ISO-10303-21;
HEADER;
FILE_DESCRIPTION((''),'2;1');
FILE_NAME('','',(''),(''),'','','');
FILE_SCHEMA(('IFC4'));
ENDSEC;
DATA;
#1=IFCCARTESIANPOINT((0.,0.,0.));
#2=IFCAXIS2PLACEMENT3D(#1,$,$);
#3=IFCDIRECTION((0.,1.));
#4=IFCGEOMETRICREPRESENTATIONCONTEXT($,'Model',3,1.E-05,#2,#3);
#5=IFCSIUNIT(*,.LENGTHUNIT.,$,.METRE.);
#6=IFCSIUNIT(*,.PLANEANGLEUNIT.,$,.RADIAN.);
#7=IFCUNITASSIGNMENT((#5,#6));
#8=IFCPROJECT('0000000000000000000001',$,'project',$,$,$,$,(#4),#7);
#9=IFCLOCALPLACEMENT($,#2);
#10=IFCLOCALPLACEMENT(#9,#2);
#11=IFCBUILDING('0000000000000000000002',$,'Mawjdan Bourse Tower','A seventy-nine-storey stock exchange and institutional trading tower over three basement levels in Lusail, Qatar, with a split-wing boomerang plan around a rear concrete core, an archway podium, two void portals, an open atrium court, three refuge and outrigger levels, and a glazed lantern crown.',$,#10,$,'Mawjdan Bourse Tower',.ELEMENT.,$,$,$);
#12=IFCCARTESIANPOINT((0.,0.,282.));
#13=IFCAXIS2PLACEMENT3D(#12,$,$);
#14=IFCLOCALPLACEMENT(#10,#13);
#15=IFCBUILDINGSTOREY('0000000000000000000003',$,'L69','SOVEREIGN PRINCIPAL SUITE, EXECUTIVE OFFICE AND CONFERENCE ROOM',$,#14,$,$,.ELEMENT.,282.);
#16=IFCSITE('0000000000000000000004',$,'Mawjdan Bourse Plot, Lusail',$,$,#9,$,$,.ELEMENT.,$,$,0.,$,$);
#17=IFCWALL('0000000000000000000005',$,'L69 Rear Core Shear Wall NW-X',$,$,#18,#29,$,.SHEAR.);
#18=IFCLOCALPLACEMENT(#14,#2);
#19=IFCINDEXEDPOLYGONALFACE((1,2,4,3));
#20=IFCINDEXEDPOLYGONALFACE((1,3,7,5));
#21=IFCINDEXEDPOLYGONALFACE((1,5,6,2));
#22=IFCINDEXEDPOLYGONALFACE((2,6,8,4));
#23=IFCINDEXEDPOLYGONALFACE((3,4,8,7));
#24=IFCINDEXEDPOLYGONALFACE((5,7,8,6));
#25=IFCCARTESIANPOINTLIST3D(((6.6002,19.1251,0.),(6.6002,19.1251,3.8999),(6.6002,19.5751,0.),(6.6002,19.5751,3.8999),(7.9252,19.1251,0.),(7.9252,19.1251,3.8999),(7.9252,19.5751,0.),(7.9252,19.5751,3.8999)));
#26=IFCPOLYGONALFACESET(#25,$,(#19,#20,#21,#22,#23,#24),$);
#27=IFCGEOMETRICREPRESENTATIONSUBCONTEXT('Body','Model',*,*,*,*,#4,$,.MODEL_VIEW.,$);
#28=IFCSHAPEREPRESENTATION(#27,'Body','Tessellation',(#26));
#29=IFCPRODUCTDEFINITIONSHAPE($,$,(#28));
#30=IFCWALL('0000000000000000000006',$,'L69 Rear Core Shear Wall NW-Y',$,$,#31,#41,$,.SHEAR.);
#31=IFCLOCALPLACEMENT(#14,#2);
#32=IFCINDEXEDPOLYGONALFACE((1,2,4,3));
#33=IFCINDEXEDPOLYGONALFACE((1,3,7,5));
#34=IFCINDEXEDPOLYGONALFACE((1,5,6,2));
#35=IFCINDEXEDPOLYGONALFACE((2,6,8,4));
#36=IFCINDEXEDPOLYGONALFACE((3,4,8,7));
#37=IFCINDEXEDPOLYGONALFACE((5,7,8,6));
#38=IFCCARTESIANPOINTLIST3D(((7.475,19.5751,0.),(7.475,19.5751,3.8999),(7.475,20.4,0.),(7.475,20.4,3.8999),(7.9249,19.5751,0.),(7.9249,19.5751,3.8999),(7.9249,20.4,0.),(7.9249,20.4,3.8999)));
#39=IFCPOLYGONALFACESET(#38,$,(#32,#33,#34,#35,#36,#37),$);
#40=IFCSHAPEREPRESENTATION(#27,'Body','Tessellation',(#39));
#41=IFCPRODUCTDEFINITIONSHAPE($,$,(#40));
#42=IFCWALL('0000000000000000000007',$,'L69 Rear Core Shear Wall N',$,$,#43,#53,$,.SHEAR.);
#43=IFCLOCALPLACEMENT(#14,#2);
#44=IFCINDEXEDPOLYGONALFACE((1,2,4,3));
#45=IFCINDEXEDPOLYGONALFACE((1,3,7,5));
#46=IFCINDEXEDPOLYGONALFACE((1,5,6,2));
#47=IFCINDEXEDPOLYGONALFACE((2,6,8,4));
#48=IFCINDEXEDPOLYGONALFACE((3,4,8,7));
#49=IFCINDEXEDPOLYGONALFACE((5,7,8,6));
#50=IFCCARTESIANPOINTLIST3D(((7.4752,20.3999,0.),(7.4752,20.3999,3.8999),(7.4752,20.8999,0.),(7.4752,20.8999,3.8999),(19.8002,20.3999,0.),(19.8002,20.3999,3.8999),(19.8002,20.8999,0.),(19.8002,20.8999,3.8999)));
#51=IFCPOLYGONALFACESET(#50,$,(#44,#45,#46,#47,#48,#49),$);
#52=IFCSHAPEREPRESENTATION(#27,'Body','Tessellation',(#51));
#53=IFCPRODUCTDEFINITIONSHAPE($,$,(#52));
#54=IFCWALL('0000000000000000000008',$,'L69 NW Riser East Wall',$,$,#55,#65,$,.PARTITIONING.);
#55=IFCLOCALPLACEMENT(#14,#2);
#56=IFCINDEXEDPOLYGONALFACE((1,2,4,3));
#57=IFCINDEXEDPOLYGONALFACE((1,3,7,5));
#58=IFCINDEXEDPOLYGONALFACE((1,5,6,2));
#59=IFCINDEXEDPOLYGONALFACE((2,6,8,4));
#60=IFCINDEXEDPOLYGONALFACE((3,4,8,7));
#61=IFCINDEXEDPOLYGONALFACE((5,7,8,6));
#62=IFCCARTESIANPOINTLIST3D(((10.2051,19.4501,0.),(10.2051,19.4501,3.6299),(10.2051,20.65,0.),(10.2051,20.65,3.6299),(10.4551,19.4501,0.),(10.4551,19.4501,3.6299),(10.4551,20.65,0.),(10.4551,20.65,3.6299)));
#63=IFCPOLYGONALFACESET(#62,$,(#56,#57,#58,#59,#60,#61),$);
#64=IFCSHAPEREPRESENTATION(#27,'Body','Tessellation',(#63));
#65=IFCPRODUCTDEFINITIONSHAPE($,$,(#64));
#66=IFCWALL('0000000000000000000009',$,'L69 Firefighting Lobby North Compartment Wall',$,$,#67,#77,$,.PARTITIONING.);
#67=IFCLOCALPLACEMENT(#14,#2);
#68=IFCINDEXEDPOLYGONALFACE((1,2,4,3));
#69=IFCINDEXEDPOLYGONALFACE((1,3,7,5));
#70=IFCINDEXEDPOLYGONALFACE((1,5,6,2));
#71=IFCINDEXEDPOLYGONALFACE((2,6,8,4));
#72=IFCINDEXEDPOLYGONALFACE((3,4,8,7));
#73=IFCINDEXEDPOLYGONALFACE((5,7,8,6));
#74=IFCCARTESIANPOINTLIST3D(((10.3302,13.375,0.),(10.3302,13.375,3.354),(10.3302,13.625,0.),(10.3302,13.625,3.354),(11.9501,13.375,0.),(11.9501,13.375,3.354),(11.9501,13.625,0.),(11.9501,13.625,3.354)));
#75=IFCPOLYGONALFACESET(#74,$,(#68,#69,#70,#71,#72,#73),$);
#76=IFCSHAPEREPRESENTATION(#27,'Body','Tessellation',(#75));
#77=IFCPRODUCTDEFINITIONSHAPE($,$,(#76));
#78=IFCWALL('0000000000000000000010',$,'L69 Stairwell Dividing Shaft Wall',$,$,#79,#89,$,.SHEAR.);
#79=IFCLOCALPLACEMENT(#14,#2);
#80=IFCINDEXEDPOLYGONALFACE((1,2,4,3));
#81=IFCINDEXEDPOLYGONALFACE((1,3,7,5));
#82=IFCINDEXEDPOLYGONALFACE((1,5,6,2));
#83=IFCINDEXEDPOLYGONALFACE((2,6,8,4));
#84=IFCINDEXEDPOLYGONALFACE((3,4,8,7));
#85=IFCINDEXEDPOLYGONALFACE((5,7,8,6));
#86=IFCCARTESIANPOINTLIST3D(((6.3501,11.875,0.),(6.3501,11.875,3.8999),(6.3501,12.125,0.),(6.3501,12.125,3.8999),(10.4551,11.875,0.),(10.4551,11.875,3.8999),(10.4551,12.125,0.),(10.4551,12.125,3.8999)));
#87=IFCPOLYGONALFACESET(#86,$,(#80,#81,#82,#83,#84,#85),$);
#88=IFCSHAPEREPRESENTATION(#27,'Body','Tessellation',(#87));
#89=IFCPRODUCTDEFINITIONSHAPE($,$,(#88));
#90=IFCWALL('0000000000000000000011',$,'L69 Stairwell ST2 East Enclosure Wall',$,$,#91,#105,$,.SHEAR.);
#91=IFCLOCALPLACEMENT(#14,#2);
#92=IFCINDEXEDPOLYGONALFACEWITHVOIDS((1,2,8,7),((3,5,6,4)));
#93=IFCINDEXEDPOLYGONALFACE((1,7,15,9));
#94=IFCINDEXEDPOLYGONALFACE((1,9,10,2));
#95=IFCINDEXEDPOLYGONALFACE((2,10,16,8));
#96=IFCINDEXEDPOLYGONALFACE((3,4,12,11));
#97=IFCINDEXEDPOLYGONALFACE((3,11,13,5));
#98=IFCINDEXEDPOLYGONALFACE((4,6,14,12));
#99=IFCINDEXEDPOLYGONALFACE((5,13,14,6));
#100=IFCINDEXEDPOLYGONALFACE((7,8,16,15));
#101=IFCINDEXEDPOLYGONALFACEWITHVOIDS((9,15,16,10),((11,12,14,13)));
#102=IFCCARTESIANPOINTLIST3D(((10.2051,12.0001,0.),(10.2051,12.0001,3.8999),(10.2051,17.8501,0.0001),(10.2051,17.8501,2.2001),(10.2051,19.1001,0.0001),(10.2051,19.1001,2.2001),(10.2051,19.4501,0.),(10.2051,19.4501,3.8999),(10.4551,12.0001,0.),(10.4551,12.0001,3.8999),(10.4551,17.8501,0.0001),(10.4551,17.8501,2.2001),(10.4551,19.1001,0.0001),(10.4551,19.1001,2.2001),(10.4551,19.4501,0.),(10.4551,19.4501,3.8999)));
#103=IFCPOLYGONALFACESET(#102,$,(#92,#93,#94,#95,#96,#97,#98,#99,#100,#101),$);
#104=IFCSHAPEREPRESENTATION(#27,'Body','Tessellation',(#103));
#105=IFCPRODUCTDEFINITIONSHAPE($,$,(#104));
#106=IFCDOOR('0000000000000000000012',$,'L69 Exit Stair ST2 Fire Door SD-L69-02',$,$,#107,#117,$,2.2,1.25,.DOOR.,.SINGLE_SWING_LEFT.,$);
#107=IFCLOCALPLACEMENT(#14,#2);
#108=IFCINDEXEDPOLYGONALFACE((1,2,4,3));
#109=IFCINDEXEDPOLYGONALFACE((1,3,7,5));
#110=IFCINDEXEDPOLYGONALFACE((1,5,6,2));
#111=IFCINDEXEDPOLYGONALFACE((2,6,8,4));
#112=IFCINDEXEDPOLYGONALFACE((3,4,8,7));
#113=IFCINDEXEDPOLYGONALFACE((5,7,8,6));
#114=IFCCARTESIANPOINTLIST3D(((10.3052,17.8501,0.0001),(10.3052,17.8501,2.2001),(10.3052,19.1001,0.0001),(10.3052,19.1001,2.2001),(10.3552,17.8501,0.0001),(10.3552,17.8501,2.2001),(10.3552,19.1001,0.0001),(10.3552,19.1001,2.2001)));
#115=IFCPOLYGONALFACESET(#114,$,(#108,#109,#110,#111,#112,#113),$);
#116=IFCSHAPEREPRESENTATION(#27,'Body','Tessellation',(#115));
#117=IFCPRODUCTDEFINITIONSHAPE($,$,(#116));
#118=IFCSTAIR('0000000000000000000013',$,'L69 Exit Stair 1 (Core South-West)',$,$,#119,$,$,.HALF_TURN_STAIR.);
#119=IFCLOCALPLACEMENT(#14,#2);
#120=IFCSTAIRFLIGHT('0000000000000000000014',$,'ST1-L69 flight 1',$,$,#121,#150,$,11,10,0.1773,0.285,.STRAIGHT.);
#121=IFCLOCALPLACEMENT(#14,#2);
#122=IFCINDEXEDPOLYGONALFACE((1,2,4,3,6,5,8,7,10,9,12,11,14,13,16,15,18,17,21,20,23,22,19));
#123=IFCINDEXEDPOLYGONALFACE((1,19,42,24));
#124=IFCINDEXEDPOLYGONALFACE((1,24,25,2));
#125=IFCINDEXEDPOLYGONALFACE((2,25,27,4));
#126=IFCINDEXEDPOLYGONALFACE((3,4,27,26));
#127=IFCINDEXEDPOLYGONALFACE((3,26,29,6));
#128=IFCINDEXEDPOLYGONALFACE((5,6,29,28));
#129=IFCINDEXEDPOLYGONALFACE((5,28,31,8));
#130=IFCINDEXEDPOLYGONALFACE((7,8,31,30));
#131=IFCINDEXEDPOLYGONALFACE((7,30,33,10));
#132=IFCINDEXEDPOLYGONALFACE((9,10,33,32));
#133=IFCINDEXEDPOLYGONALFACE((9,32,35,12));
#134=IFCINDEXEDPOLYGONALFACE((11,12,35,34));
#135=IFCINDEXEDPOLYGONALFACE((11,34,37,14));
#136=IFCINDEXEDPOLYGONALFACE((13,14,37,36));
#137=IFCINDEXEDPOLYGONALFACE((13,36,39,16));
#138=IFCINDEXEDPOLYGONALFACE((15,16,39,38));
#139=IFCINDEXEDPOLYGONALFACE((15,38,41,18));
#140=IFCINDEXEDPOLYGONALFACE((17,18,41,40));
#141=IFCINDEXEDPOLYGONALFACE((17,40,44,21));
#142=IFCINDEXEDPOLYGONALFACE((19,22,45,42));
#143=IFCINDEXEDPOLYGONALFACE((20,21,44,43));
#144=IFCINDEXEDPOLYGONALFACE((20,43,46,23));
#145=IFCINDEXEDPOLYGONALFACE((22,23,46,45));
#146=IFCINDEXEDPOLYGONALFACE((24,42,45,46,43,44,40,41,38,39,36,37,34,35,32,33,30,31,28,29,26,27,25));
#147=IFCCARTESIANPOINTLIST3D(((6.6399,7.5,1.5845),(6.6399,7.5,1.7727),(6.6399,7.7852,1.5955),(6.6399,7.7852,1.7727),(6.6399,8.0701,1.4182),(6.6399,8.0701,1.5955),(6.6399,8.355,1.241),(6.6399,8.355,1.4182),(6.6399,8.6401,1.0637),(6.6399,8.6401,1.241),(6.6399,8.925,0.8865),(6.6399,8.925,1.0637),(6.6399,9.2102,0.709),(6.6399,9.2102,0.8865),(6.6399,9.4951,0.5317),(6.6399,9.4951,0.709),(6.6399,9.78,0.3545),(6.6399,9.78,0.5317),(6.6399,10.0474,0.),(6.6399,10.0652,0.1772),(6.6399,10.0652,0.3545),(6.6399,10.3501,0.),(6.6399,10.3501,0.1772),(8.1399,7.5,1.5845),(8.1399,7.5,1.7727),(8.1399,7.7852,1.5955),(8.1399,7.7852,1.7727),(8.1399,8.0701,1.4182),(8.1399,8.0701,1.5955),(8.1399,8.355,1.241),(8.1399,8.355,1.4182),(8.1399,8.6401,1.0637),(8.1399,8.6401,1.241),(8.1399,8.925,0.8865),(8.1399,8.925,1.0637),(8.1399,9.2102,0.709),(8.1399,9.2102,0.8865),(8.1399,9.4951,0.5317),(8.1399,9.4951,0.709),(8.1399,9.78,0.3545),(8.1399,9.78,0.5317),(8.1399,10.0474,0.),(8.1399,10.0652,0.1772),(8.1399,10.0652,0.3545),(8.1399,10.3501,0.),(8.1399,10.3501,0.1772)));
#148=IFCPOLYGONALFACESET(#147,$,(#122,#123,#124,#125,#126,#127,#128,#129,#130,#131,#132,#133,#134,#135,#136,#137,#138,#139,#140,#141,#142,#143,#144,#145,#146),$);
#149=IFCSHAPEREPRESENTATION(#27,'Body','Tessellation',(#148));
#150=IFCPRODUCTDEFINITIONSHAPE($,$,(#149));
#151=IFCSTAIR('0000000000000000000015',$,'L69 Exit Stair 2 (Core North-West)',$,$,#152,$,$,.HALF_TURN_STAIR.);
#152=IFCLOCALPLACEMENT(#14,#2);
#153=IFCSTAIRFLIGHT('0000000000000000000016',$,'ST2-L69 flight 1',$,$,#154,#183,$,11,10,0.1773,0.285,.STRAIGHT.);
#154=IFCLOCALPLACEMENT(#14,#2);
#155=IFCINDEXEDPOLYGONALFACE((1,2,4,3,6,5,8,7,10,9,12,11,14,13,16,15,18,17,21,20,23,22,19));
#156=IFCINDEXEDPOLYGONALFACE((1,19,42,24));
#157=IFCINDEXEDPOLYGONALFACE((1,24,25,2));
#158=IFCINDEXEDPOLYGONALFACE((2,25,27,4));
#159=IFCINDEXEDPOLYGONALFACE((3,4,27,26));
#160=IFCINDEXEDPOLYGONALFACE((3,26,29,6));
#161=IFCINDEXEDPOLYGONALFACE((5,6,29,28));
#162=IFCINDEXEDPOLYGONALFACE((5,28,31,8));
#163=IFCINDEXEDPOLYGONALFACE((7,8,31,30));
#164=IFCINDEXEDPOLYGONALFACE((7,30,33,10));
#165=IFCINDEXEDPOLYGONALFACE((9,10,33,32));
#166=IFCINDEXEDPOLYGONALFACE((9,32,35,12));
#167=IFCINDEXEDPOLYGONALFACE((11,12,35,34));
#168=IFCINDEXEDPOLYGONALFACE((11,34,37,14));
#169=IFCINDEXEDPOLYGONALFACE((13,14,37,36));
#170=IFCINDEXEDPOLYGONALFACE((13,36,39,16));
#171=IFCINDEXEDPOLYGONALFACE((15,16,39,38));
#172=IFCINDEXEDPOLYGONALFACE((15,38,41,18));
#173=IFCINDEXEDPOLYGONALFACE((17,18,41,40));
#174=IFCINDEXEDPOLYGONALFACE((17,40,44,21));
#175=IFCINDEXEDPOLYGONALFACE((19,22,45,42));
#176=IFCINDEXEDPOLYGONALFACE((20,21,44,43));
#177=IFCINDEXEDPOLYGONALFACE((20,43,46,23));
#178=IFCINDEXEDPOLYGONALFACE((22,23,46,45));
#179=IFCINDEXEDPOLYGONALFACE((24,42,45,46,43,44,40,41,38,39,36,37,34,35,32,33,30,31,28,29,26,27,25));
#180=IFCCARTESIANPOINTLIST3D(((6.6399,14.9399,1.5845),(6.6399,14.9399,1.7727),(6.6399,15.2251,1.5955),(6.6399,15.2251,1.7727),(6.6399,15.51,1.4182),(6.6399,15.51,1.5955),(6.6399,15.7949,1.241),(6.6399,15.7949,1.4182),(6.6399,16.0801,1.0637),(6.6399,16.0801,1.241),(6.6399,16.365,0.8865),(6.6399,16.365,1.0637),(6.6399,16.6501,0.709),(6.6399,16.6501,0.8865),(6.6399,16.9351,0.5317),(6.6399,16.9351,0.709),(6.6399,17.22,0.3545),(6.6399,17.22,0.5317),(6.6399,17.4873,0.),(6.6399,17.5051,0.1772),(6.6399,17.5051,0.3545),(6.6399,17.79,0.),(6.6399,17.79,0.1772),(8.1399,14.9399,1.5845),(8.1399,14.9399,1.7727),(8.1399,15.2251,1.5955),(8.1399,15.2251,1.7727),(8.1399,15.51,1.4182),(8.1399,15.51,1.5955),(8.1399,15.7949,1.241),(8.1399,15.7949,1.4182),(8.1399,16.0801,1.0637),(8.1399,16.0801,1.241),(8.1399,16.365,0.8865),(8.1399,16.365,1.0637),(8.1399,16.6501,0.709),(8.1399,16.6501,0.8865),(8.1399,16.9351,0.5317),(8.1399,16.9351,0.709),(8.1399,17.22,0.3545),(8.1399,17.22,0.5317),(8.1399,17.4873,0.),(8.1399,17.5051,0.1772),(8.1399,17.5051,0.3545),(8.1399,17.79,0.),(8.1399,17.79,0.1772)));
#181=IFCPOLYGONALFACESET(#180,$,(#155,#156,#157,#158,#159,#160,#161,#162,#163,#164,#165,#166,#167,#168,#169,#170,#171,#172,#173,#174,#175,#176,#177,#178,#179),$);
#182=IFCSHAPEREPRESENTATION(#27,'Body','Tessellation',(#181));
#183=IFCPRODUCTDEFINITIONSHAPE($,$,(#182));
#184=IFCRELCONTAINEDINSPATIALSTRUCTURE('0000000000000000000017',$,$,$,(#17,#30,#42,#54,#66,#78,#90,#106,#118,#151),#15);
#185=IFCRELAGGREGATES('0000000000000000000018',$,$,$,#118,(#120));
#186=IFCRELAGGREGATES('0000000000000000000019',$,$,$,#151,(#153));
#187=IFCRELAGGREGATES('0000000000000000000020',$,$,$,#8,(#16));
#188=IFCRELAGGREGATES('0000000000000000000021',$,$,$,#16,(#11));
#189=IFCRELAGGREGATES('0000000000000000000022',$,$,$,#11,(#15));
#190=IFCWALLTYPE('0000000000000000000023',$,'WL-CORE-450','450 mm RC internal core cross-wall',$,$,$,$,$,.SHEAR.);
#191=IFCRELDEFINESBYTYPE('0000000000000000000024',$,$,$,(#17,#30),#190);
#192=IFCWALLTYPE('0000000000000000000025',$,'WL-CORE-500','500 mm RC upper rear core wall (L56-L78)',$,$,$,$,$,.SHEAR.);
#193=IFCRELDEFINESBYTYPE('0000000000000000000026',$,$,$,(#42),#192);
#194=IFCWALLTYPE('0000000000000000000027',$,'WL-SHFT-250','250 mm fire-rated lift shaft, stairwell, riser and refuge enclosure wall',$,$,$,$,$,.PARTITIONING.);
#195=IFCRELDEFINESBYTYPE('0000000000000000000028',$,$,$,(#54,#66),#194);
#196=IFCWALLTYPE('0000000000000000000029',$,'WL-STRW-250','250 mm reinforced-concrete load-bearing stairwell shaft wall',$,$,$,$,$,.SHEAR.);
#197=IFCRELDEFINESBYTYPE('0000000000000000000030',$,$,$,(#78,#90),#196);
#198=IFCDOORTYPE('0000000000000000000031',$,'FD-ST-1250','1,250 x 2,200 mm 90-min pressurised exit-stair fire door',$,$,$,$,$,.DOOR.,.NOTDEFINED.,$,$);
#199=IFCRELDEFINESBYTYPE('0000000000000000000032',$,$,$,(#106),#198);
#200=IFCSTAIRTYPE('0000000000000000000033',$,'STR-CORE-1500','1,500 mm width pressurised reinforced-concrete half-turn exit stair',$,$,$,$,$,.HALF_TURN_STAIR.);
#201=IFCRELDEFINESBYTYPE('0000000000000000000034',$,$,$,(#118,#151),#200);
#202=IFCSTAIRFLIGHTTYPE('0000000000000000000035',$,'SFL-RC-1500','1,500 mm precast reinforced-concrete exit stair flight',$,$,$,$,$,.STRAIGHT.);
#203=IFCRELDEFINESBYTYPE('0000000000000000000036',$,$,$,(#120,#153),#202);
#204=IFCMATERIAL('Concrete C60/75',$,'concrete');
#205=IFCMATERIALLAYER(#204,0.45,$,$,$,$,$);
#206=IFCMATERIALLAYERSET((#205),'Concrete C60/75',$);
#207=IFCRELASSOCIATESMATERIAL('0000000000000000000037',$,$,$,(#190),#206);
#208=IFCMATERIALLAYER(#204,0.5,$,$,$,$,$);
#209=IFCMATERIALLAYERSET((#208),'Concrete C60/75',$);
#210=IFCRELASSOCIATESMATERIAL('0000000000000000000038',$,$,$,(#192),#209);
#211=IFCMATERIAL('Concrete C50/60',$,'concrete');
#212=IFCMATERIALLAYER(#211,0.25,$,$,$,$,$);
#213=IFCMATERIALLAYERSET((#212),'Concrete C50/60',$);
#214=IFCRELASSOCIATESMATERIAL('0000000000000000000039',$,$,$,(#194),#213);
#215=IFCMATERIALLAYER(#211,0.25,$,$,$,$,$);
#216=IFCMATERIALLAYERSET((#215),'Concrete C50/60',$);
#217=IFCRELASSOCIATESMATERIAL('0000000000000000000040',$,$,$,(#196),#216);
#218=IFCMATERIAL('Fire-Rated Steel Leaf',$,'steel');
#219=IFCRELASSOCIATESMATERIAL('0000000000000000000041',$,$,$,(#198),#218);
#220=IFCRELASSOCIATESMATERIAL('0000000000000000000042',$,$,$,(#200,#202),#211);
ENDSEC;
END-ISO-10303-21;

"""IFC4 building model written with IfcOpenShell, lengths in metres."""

from ifc_helpers import new_model, si_unit, direction, frame, frame_2d, origin, place, context, subcontext, project, spatial, polyline, rectangle, outline, extrude, material, layer, layer_set, type_object, element, fill, aggregate, save


model = new_model("IFC4")

# Units and contexts
model_context = context("Model", 3, precision=1e-05, world=origin(), true_north=direction((0.0, 1.0)))
body_context = subcontext(model_context, "Body", "Model", "MODEL_VIEW")
ifc_project = project(units=[si_unit("LENGTHUNIT", "METRE"), si_unit("PLANEANGLEUNIT", "RADIAN")], contexts=[model_context])

# Site, building, storey
site_placement = place(None, origin())
site = spatial("IfcSite", under=ifc_project, at=site_placement, Name="Mawjdan Bourse Plot, Lusail", CompositionType="ELEMENT", RefElevation=0.0)
building_placement = place(site_placement, origin())
building = spatial("IfcBuilding", under=site, at=building_placement, Name="Mawjdan Bourse Tower", Description="A seventy-nine-storey stock exchange and institutional trading tower over three basement levels in Lusail, Qatar, with a split-wing boomerang plan around a rear concrete core, an archway podium, two void portals, an open atrium court, three refuge and outrigger levels, and a glazed lantern crown.", LongName="Mawjdan Bourse Tower", CompositionType="ELEMENT")
storey_placement = place(building_placement, frame((0.0, 0.0, 282.0)))
storey = spatial("IfcBuildingStorey", under=building, at=storey_placement, Name="L69", Description="SOVEREIGN PRINCIPAL SUITE, EXECUTIVE OFFICE AND CONFERENCE ROOM", CompositionType="ELEMENT", Elevation=282.0)

# Walls
ifc_material_1 = material(Name="Concrete C60/75", Category="concrete")
ifc_layer_1 = layer(ifc_material_1, 0.45)
ifc_layer_set_1 = layer_set([ifc_layer_1], Name="Concrete C60/75")
wall_type_1 = type_object("IfcWallType", Name="WL-CORE-450", Description="450 mm RC internal core cross-wall", PredefinedType="SHEAR", material=ifc_layer_set_1)
wall_1_placement = place(storey_placement, frame((6.6001, 19.3501, 0.0), z_axis=(0.0, 0.0, 1.0), x_axis=(1.0, 0.0, 0.0)))
element("IfcWall", 1, at=wall_1_placement, inside=storey, type_object=wall_type_1, Name="L69 Rear Core Shear Wall NW-X", PredefinedType="SHEAR", context=body_context, shape_type="SweptSolid", body=[
    extrude(rectangle(XDim=1.325, YDim=0.45, at=frame_2d((0.6626, 0.0))), origin(), (0.0, 0.0, 1.0), 3.8999),
])
wall_2_placement = place(storey_placement, frame((7.7, 19.575, 0.0), z_axis=(0.0, 0.0, 1.0), x_axis=(0.0, 1.0, 0.0)))
element("IfcWall", 2, at=wall_2_placement, inside=storey, type_object=wall_type_1, Name="L69 Rear Core Shear Wall NW-Y", PredefinedType="SHEAR", context=body_context, shape_type="SweptSolid", body=[
    extrude(rectangle(XDim=0.825, YDim=0.45, at=frame_2d((0.4126, 0.0))), origin(), (0.0, 0.0, 1.0), 3.8999),
])
ifc_layer_2 = layer(ifc_material_1, 0.5)
ifc_layer_set_2 = layer_set([ifc_layer_2], Name="Concrete C60/75")
wall_type_2 = type_object("IfcWallType", Name="WL-CORE-500", Description="500 mm RC upper rear core wall (L56-L78)", PredefinedType="SHEAR", material=ifc_layer_set_2)
wall_3_placement = place(storey_placement, frame((7.4751, 20.6499, 0.0), z_axis=(0.0, 0.0, 1.0), x_axis=(1.0, 0.0, 0.0)))
element("IfcWall", 3, at=wall_3_placement, inside=storey, type_object=wall_type_2, Name="L69 Rear Core Shear Wall N", PredefinedType="SHEAR", context=body_context, shape_type="SweptSolid", body=[
    extrude(rectangle(XDim=12.325, YDim=0.5, at=frame_2d((6.1626, 0.0))), origin(), (0.0, 0.0, 1.0), 3.8999),
])
ifc_material_2 = material(Name="Concrete C50/60", Category="concrete")
ifc_layer_3 = layer(ifc_material_2, 0.25)
ifc_layer_set_3 = layer_set([ifc_layer_3], Name="Concrete C50/60")
wall_type_3 = type_object("IfcWallType", Name="WL-SHFT-250", Description="250 mm fire-rated lift shaft, stairwell, riser and refuge enclosure wall", PredefinedType="PARTITIONING", material=ifc_layer_set_3)
wall_4_placement = place(storey_placement, frame((10.3301, 19.45, 0.0), z_axis=(0.0, 0.0, 1.0), x_axis=(0.0, 1.0, 0.0)))
element("IfcWall", 4, at=wall_4_placement, inside=storey, type_object=wall_type_3, Name="L69 NW Riser East Wall", PredefinedType="PARTITIONING", context=body_context, shape_type="SweptSolid", body=[
    extrude(rectangle(XDim=1.2, YDim=0.25, at=frame_2d((0.6001, 0.0))), origin(), (0.0, 0.0, 1.0), 3.6299),
])
wall_5_placement = place(storey_placement, frame((10.3301, 13.5, 0.0), z_axis=(0.0, 0.0, 1.0), x_axis=(1.0, 0.0, 0.0)))
element("IfcWall", 5, at=wall_5_placement, inside=storey, type_object=wall_type_3, Name="L69 Firefighting Lobby North Compartment Wall", PredefinedType="PARTITIONING", context=body_context, shape_type="SweptSolid", body=[
    extrude(rectangle(XDim=1.6199, YDim=0.25, at=frame_2d((0.8101, 0.0))), origin(), (0.0, 0.0, 1.0), 3.354),
])
ifc_layer_4 = layer(ifc_material_2, 0.25)
ifc_layer_set_4 = layer_set([ifc_layer_4], Name="Concrete C50/60")
wall_type_4 = type_object("IfcWallType", Name="WL-STRW-250", Description="250 mm reinforced-concrete load-bearing stairwell shaft wall", PredefinedType="SHEAR", material=ifc_layer_set_4)
wall_6_placement = place(storey_placement, frame((6.3501, 12.0, 0.0), z_axis=(0.0, 0.0, 1.0), x_axis=(1.0, 0.0, 0.0)))
element("IfcWall", 6, at=wall_6_placement, inside=storey, type_object=wall_type_4, Name="L69 Stairwell Dividing Shaft Wall", PredefinedType="SHEAR", context=body_context, shape_type="SweptSolid", body=[
    extrude(rectangle(XDim=4.105, YDim=0.25, at=frame_2d((2.0525, 0.0))), origin(), (0.0, 0.0, 1.0), 3.8999),
])

# Wall, opening, door
wall_7_placement = place(storey_placement, frame((10.3301, 12.0, 0.0), z_axis=(0.0, 0.0, 1.0), x_axis=(0.0, 1.0, 0.0)))
wall_7 = element("IfcWall", 7, at=wall_7_placement, inside=storey, type_object=wall_type_4, Name="L69 Stairwell ST2 East Enclosure Wall", PredefinedType="SHEAR", context=body_context, shape_type="SweptSolid", body=[
    extrude(rectangle(XDim=7.45, YDim=0.25, at=frame_2d((3.7251, 0.0))), origin(), (0.0, 0.0, 1.0), 3.8999),
])
opening_placement = place(wall_7_placement, frame((5.8501, 0.0, 0.0)))
opening = element("IfcOpeningElement", 8, at=opening_placement, cuts=wall_7, PredefinedType="OPENING", context=body_context, shape_type="SweptSolid", body=[
    extrude(rectangle(XDim=1.25, YDim=2.2, at=frame_2d((0.625, 1.1001))), frame((0.0, 0.135, 0.0), z_axis=(0.0, -1.0, 0.0), x_axis=(1.0, 0.0, 0.0)), (0.0, 0.0, 1.0), 0.27),
])
ifc_material_3 = material(Name="Fire-Rated Steel Leaf", Category="steel")
door_type = type_object("IfcDoorType", Name="FD-ST-1250", Description="1,250 x 2,200 mm 90-min pressurised exit-stair fire door", OperationType="NOTDEFINED", PredefinedType="DOOR", material=ifc_material_3)
door_placement = place(opening_placement, origin())
door = element("IfcDoor", 9, at=door_placement, inside=storey, type_object=door_type, Name="L69 Exit Stair ST2 Fire Door SD-L69-02", OperationType="SINGLE_SWING_LEFT", OverallHeight=2.2, OverallWidth=1.25, PredefinedType="DOOR", context=body_context, shape_type="SweptSolid", body=[
    extrude(rectangle(XDim=1.25, YDim=2.2, at=frame_2d((0.625, 1.1001))), frame((0.0, 0.0249, 0.0), z_axis=(0.0, -1.0, 0.0), x_axis=(1.0, 0.0, 0.0)), (0.0, 0.0, 1.0), 0.05),
])
fill(opening, door)

# Stair, stair flight
stair_type = type_object("IfcStairType", Name="STR-CORE-1500", Description="1,500 mm width pressurised reinforced-concrete half-turn exit stair", PredefinedType="HALF_TURN_STAIR", material=ifc_material_2)
stair_1_placement = place(storey_placement, origin())
stair_1 = element("IfcStair", 10, at=stair_1_placement, inside=storey, type_object=stair_type, Name="L69 Exit Stair 1 (Core South-West)", PredefinedType="HALF_TURN_STAIR")
stair_flight_type = type_object("IfcStairFlightType", Name="SFL-RC-1500", Description="1,500 mm precast reinforced-concrete exit stair flight", PredefinedType="STRAIGHT", material=ifc_material_2)
stair_flight_1_placement = place(storey_placement, frame((7.3899, 10.3501, 0.0), z_axis=(0.0, 0.0, 1.0), x_axis=(0.0, -1.0, 0.0)))
stair_flight_1 = element("IfcStairFlight", 11, at=stair_flight_1_placement, type_object=stair_flight_type, Name="ST1-L69 flight 1", NumberOfRisers=11, NumberOfTreads=10, PredefinedType="STRAIGHT", RiserHeight=0.1773, TreadLength=0.285, context=body_context, shape_type="SweptSolid", body=[
    extrude(outline(polyline([(0.0, 0.0), (0.0, 0.1772), (0.2849, 0.1772), (0.2849, 0.3545), (0.5701, 0.3545), (0.5701, 0.5317), (0.855, 0.5317), (0.855, 0.709), (1.1399, 0.709), (1.1399, 0.8865), (1.425, 0.8865), (1.425, 1.0637), (1.71, 1.0637), (1.71, 1.241), (1.9951, 1.241), (1.9951, 1.4182), (2.28, 1.4182), (2.28, 1.5955), (2.5649, 1.5955), (2.5649, 1.7727), (2.8501, 1.7727), (2.8501, 1.95), (2.8501, 1.5845), (0.3027, 0.0), (0.0, 0.0)])), frame((0.0, 0.75, 0.0), z_axis=(0.0, -1.0, 0.0), x_axis=(1.0, 0.0, 0.0)), (0.0, 0.0, 1.0), 1.5),
])
aggregate(stair_1, [stair_flight_1])

# Stair, stair flight
stair_2_placement = place(storey_placement, origin())
stair_2 = element("IfcStair", 12, at=stair_2_placement, inside=storey, type_object=stair_type, Name="L69 Exit Stair 2 (Core North-West)", PredefinedType="HALF_TURN_STAIR")
stair_flight_2_placement = place(storey_placement, frame((7.3899, 17.79, 0.0), z_axis=(0.0, 0.0, 1.0), x_axis=(0.0, -1.0, 0.0)))
stair_flight_2 = element("IfcStairFlight", 13, at=stair_flight_2_placement, type_object=stair_flight_type, Name="ST2-L69 flight 1", NumberOfRisers=11, NumberOfTreads=10, PredefinedType="STRAIGHT", RiserHeight=0.1773, TreadLength=0.285, context=body_context, shape_type="SweptSolid", body=[
    extrude(outline(polyline([(0.0, 0.0), (0.0, 0.1772), (0.2849, 0.1772), (0.2849, 0.3545), (0.5701, 0.3545), (0.5701, 0.5317), (0.855, 0.5317), (0.855, 0.709), (1.1399, 0.709), (1.1399, 0.8865), (1.425, 0.8865), (1.425, 1.0637), (1.71, 1.0637), (1.71, 1.241), (1.9951, 1.241), (1.9951, 1.4182), (2.28, 1.4182), (2.28, 1.5955), (2.5649, 1.5955), (2.5649, 1.7727), (2.8501, 1.7727), (2.8501, 1.95), (2.8501, 1.5845), (0.3027, 0.0), (0.0, 0.0)])), frame((0.0, 0.75, 0.0), z_axis=(0.0, -1.0, 0.0), x_axis=(1.0, 0.0, 0.0)), (0.0, 0.0, 1.0), 1.5),
])
aggregate(stair_2, [stair_flight_2])

save(model, "model.ifc")
